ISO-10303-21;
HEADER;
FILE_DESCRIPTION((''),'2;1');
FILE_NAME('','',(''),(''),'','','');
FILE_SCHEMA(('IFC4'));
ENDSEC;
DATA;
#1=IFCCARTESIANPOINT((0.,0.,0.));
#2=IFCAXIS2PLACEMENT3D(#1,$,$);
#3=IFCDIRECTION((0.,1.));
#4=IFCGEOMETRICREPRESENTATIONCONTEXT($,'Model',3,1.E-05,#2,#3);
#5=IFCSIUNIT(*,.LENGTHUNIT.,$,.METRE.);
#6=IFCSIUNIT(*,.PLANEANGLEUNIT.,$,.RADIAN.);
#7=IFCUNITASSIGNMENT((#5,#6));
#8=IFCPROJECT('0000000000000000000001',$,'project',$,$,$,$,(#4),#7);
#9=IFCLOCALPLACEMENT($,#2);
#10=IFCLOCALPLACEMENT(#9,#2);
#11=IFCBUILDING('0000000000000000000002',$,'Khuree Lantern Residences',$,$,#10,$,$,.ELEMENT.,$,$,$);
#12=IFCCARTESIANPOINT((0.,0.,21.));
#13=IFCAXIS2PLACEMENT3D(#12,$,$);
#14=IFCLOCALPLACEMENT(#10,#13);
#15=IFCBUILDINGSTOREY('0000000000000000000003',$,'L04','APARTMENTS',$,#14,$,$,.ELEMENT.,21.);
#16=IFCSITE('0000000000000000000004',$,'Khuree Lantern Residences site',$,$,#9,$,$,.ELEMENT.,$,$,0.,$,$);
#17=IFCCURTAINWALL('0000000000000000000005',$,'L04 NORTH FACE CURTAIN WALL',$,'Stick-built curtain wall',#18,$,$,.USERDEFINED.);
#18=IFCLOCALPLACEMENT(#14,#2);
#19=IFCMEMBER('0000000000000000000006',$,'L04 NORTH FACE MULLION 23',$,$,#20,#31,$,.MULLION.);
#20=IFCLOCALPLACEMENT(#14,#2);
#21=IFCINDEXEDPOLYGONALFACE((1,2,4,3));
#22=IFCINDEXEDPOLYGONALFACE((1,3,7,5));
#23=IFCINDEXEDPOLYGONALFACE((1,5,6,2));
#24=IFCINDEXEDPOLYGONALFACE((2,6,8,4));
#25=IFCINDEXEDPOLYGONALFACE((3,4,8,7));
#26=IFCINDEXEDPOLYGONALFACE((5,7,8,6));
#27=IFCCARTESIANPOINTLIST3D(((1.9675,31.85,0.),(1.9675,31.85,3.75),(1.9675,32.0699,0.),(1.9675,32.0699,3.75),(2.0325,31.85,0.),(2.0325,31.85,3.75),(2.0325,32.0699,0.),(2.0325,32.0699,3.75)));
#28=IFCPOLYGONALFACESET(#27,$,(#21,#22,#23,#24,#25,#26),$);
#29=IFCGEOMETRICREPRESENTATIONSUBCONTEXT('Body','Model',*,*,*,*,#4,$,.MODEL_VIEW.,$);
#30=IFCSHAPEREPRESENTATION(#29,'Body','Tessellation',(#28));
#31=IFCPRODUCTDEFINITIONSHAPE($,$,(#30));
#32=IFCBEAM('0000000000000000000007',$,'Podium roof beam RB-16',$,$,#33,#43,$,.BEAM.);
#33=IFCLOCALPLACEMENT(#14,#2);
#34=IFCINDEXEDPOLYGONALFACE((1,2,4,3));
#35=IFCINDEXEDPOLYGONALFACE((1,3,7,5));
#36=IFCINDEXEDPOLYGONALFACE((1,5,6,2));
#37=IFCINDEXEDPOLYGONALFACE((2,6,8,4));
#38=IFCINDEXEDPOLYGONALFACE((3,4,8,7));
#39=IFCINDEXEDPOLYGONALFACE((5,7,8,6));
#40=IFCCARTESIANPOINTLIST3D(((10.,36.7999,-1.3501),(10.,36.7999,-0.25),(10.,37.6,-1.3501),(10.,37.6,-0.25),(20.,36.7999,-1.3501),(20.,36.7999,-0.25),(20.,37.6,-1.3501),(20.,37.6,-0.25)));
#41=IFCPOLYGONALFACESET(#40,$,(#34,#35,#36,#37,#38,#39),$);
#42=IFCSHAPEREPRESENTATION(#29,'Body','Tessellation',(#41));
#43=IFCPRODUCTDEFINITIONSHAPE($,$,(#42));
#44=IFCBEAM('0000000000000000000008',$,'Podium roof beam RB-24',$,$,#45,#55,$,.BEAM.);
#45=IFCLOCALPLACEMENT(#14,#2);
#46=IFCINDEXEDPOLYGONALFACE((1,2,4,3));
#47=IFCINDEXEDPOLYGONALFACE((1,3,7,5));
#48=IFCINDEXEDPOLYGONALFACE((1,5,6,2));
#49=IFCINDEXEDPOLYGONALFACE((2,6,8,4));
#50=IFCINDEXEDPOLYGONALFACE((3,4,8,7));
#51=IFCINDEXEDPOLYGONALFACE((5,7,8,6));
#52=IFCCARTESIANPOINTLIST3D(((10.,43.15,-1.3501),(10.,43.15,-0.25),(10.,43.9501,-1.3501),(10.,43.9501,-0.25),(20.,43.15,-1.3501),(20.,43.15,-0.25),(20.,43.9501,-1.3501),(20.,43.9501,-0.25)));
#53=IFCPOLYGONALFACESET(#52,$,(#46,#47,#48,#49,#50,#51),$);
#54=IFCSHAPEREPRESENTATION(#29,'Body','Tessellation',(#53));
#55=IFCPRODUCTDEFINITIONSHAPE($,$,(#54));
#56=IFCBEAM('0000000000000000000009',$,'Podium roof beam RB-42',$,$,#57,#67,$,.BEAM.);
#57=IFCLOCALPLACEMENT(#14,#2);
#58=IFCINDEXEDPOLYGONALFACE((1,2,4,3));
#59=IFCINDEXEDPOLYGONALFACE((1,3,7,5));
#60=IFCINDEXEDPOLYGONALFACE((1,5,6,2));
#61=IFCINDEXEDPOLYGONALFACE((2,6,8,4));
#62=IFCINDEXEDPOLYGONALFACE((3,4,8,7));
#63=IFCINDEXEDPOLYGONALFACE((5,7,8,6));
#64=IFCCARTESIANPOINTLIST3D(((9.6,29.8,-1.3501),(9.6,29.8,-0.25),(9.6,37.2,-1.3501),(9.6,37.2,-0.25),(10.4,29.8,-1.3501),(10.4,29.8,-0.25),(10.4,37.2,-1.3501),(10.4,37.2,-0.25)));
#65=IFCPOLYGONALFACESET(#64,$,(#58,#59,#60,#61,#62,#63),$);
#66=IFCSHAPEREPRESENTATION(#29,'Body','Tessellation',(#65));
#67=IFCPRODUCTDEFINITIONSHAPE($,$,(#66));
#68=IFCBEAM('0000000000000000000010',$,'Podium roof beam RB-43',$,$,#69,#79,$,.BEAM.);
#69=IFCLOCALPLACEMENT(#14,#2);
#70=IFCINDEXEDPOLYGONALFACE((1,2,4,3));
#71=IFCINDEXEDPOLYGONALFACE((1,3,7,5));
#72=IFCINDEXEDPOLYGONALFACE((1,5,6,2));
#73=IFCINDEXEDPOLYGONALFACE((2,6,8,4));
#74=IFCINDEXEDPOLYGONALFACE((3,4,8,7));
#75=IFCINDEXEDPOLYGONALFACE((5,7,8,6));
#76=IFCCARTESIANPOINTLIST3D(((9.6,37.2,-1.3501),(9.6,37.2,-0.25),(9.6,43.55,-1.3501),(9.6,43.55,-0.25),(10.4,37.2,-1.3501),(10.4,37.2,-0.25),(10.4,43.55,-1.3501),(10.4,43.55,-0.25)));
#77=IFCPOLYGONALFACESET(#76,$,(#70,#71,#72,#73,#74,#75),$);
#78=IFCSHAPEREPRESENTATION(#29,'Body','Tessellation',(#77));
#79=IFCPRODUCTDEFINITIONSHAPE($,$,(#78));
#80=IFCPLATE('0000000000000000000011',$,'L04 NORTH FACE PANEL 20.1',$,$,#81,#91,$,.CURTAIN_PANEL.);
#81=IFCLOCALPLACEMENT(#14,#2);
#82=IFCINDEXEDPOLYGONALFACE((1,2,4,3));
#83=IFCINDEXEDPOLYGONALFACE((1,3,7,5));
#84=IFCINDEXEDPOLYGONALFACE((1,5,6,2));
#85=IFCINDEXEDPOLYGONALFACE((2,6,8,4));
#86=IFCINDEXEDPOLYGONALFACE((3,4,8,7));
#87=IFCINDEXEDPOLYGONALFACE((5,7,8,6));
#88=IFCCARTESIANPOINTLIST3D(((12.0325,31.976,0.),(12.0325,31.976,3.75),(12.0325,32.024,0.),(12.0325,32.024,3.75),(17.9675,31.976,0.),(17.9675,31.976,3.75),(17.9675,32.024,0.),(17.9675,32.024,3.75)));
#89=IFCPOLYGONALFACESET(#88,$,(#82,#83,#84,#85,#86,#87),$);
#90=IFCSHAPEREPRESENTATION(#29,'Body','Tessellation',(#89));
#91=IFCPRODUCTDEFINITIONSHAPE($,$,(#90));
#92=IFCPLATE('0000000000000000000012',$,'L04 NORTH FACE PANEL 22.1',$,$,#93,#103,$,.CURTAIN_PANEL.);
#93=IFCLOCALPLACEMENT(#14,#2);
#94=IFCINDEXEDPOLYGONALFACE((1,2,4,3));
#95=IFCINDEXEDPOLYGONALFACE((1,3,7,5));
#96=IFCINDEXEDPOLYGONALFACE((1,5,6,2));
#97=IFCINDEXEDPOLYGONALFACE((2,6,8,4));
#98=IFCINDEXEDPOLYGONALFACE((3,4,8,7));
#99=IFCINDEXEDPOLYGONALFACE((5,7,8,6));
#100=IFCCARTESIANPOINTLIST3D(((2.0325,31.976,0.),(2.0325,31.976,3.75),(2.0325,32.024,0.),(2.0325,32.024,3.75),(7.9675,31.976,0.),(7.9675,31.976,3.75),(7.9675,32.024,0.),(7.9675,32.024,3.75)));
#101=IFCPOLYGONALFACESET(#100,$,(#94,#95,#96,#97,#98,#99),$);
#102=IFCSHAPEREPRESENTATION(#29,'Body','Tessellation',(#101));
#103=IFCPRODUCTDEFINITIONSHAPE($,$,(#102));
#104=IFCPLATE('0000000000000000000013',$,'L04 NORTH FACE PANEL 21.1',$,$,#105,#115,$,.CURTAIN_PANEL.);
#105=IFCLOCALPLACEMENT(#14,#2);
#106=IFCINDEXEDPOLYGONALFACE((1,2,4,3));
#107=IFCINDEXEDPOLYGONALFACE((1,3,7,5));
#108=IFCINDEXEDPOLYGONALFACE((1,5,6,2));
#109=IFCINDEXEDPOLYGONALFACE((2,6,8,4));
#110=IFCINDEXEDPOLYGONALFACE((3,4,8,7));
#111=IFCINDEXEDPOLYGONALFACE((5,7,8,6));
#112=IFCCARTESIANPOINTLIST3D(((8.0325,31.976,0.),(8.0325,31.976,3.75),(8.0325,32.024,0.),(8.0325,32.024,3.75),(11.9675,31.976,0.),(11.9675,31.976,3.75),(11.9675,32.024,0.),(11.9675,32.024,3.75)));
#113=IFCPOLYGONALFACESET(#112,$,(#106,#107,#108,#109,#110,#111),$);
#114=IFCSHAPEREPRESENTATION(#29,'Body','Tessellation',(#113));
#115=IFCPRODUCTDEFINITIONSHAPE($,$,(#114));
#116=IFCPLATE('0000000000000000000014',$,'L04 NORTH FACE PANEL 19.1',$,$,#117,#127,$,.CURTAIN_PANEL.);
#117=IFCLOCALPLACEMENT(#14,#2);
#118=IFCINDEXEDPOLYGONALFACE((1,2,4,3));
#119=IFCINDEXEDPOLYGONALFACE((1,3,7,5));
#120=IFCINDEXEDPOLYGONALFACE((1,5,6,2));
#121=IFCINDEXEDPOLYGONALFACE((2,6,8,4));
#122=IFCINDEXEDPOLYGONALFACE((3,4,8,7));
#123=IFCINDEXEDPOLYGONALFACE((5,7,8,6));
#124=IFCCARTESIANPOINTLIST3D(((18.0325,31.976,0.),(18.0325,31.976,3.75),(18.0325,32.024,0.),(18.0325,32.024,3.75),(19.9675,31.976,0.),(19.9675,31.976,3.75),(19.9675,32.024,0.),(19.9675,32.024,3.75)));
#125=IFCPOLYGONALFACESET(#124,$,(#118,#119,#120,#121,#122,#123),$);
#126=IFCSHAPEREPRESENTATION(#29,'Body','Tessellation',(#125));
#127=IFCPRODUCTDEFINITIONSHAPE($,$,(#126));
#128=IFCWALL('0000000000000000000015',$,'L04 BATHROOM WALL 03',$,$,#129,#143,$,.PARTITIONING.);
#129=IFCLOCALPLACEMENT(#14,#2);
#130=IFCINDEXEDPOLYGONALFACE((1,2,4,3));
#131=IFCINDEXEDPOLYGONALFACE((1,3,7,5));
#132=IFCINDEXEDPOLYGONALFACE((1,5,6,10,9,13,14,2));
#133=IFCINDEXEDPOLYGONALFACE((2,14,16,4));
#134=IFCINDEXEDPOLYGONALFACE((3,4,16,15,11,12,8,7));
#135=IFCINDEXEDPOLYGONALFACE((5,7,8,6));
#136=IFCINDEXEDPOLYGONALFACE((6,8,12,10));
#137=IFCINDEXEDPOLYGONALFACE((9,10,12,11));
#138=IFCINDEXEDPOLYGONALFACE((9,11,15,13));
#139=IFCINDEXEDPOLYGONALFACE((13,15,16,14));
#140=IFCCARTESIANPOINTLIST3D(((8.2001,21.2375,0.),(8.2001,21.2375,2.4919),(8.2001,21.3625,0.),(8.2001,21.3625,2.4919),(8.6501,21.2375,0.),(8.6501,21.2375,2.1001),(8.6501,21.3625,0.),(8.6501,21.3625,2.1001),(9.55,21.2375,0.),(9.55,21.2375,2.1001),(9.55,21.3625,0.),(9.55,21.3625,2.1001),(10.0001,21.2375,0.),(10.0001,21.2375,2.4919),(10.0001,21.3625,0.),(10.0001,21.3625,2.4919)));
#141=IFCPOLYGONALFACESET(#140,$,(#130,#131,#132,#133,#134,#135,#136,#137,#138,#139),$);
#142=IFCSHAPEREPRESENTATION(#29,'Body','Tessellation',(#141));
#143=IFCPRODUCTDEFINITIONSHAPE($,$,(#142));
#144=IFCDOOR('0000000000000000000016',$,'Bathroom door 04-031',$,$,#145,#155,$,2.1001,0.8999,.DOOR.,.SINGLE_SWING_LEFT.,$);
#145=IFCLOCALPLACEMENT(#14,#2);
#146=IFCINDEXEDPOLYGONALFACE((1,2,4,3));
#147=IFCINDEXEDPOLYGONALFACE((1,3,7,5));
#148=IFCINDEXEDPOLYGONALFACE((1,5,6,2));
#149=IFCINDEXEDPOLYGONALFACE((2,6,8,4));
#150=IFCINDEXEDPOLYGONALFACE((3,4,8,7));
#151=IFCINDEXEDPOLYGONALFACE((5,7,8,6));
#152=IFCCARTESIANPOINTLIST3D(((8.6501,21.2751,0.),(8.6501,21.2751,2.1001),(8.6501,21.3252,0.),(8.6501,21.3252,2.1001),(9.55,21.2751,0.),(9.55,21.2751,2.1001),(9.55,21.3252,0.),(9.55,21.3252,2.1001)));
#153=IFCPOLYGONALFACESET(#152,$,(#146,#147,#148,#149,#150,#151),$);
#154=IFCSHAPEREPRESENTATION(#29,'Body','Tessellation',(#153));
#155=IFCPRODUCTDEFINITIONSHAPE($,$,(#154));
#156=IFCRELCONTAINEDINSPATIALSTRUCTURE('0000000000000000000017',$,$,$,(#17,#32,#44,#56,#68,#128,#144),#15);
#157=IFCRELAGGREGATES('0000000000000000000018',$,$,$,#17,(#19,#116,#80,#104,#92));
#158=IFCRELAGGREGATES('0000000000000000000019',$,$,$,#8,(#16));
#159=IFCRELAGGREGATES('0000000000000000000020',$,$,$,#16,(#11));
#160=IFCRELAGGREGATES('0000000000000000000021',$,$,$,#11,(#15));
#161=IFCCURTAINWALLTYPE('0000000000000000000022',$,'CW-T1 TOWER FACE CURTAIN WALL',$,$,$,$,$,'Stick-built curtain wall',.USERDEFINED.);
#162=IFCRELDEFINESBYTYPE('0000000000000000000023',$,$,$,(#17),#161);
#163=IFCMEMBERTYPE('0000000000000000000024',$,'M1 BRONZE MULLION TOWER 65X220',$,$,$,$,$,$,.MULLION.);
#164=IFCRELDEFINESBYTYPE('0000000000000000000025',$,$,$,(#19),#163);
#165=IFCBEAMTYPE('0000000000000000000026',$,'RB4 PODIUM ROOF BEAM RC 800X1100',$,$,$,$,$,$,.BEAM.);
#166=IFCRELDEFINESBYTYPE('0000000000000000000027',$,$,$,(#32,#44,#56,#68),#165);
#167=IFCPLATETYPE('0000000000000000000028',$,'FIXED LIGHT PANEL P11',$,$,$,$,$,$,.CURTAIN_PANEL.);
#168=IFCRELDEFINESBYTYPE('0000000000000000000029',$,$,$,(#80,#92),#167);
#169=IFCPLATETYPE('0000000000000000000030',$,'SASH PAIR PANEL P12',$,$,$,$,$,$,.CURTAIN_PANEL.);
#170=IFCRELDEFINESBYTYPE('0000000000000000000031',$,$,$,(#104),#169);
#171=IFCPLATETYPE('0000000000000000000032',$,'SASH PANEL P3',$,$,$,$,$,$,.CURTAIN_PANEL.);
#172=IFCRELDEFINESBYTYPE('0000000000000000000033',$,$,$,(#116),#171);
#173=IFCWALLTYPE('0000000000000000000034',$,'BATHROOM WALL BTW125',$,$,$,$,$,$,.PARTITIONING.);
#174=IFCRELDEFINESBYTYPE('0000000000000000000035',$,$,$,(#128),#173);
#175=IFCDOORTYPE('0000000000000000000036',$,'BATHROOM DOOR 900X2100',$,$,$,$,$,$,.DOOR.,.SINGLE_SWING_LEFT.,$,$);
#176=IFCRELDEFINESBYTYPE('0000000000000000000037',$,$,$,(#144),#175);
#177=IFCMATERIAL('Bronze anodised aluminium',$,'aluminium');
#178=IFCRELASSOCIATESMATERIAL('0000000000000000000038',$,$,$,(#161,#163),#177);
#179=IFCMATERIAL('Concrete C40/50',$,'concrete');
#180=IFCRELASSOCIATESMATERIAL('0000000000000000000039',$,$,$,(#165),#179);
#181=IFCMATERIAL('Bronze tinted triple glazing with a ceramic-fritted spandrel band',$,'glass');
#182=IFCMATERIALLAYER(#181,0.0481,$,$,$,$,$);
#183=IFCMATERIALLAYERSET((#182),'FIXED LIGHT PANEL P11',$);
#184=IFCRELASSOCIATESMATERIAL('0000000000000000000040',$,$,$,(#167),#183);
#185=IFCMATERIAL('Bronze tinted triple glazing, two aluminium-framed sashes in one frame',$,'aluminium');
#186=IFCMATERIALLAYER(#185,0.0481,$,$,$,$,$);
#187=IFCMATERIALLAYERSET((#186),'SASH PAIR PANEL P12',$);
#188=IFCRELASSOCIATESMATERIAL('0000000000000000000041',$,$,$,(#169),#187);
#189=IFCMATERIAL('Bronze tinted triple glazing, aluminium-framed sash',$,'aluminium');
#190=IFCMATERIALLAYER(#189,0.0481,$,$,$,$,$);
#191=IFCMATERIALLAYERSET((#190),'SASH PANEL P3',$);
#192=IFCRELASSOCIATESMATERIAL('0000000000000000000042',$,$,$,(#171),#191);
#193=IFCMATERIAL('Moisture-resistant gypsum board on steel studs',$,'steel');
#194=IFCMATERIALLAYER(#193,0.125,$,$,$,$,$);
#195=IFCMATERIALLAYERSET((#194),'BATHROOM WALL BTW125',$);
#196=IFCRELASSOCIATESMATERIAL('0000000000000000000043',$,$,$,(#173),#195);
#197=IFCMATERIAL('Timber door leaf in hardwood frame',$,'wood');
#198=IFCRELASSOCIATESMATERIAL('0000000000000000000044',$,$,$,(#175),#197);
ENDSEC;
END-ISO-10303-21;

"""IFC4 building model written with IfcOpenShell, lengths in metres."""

from ifc_helpers import new_model, si_unit, direction, frame, frame_2d, origin, origin_2d, place, context, subcontext, project, spatial, rectangle, extrude, material, layer, layer_set, material_profile, profile_set, type_object, element, fill, aggregate, save


model = new_model("IFC4")

# Units and contexts
model_context = context("Model", 3, precision=1e-05, world=origin(), true_north=direction((0.0, 1.0)))
body_context = subcontext(model_context, "Body", "Model", "MODEL_VIEW")
ifc_project = project(units=[si_unit("LENGTHUNIT", "METRE"), si_unit("PLANEANGLEUNIT", "RADIAN")], contexts=[model_context])

# Site, building, storey
site_placement = place(None, origin())
site = spatial("IfcSite", under=ifc_project, at=site_placement, Name="Khuree Lantern Residences site", CompositionType="ELEMENT", RefElevation=0.0)
building_placement = place(site_placement, origin())
building = spatial("IfcBuilding", under=site, at=building_placement, Name="Khuree Lantern Residences", CompositionType="ELEMENT")
storey_placement = place(building_placement, frame((0.0, 0.0, 21.0)))
storey = spatial("IfcBuildingStorey", under=building, at=storey_placement, Name="L04", Description="APARTMENTS", CompositionType="ELEMENT", Elevation=21.0)

# Curtain wall
ifc_material_1 = material(Name="Bronze anodised aluminium", Category="aluminium")
curtain_wall_type = type_object("IfcCurtainWallType", Name="CW-T1 TOWER FACE CURTAIN WALL", ElementType="Stick-built curtain wall", PredefinedType="USERDEFINED", material=ifc_material_1)
curtain_wall_placement = place(storey_placement, origin())
curtain_wall = element("IfcCurtainWall", 1, at=curtain_wall_placement, inside=storey, type_object=curtain_wall_type, Name="L04 NORTH FACE CURTAIN WALL", ObjectType="Stick-built curtain wall", PredefinedType="USERDEFINED")

# Member
ifc_material_profile_1 = material_profile(ifc_material_1, rectangle(XDim=0.0649, YDim=0.22, at=origin_2d()), Name="M1 65X220")
ifc_profile_set_1 = profile_set([ifc_material_profile_1], Name="Bronze anodised aluminium")
member_type_1 = type_object("IfcMemberType", Name="M1 BRONZE MULLION TOWER 65X220", PredefinedType="MULLION", material=ifc_profile_set_1)
member_1_placement = place(storey_placement, frame((2.0, 31.96, 0.0), z_axis=(0.0, 0.0, 1.0), x_axis=(-1.0, 0.0, 0.0)))
member_1 = element("IfcMember", 2, at=member_1_placement, type_object=member_type_1, Name="L04 NORTH FACE MULLION 23", PredefinedType="MULLION", context=body_context, shape_type="SweptSolid", body=[
    extrude(rectangle(XDim=0.0649, YDim=0.22, at=origin_2d()), origin(), (0.0, 0.0, 1.0), 3.75),
])

# Beams
ifc_material_2 = material(Name="Concrete C40/50", Category="concrete")
ifc_material_profile_2 = material_profile(ifc_material_2, rectangle(XDim=0.8, YDim=1.1001, at=origin_2d()), Name="RC 800X1100")
ifc_profile_set_2 = profile_set([ifc_material_profile_2], Name="Concrete C40/50")
beam_type_1 = type_object("IfcBeamType", Name="RB4 PODIUM ROOF BEAM RC 800X1100", PredefinedType="BEAM", material=ifc_profile_set_2)
for number, where, z_axis, x_axis, name in (
    (3, (10.0, 37.2, -0.8), (1.0, 0.0, 0.0), (0.0, 1.0, 0.0), "Podium roof beam RB-16"),
    (4, (10.0, 43.55, -0.8), (1.0, 0.0, 0.0), (0.0, 1.0, 0.0), "Podium roof beam RB-24"),
):
    element("IfcBeam", number, at=place(storey_placement, frame(where, z_axis=z_axis, x_axis=x_axis)), inside=storey, type_object=beam_type_1, Name=name, PredefinedType="BEAM", context=body_context, shape_type="SweptSolid", body=[
        extrude(rectangle(XDim=0.8, YDim=1.1001, at=origin_2d()), origin(), (0.0, 0.0, 1.0), 10.0),
    ])
beam_1_placement = place(storey_placement, frame((10.0, 29.8, -0.8), z_axis=(0.0, 1.0, 0.0), x_axis=(-1.0, 0.0, 0.0)))
element("IfcBeam", 5, at=beam_1_placement, inside=storey, type_object=beam_type_1, Name="Podium roof beam RB-42", PredefinedType="BEAM", context=body_context, shape_type="SweptSolid", body=[
    extrude(rectangle(XDim=0.8, YDim=1.1001, at=origin_2d()), origin(), (0.0, 0.0, 1.0), 7.3999),
])
beam_2_placement = place(storey_placement, frame((10.0, 37.2, -0.8), z_axis=(0.0, 1.0, 0.0), x_axis=(-1.0, 0.0, 0.0)))
element("IfcBeam", 6, at=beam_2_placement, inside=storey, type_object=beam_type_1, Name="Podium roof beam RB-43", PredefinedType="BEAM", context=body_context, shape_type="SweptSolid", body=[
    extrude(rectangle(XDim=0.8, YDim=1.1001, at=origin_2d()), origin(), (0.0, 0.0, 1.0), 6.3501),
])

# Plates
ifc_material_3 = material(Name="Bronze tinted triple glazing with a ceramic-fritted spandrel band", Category="glass")
ifc_layer_1 = layer(ifc_material_3, 0.0481)
ifc_layer_set_1 = layer_set([ifc_layer_1], Name="FIXED LIGHT PANEL P11")
plate_type_1 = type_object("IfcPlateType", Name="FIXED LIGHT PANEL P11", PredefinedType="CURTAIN_PANEL", material=ifc_layer_set_1)
plate_1_placement = place(storey_placement, frame((15.0, 32.0, 0.0), z_axis=(0.0, 0.0, 1.0), x_axis=(-1.0, 0.0, 0.0)))
plate_1 = element("IfcPlate", 7, at=plate_1_placement, type_object=plate_type_1, Name="L04 NORTH FACE PANEL 20.1", PredefinedType="CURTAIN_PANEL", context=body_context, shape_type="SweptSolid", body=[
    extrude(rectangle(XDim=5.9351, YDim=0.0481, at=origin_2d()), origin(), (0.0, 0.0, 1.0), 3.75),
])
plate_2_placement = place(storey_placement, frame((5.0, 32.0, 0.0), z_axis=(0.0, 0.0, 1.0), x_axis=(-1.0, 0.0, 0.0)))
plate_2 = element("IfcPlate", 8, at=plate_2_placement, type_object=plate_type_1, Name="L04 NORTH FACE PANEL 22.1", PredefinedType="CURTAIN_PANEL", context=body_context, shape_type="SweptSolid", body=[
    extrude(rectangle(XDim=5.9351, YDim=0.0481, at=origin_2d()), origin(), (0.0, 0.0, 1.0), 3.75),
])
ifc_material_4 = material(Name="Bronze tinted triple glazing, two aluminium-framed sashes in one frame", Category="aluminium")
ifc_layer_2 = layer(ifc_material_4, 0.0481)
ifc_layer_set_2 = layer_set([ifc_layer_2], Name="SASH PAIR PANEL P12")
plate_type_2 = type_object("IfcPlateType", Name="SASH PAIR PANEL P12", PredefinedType="CURTAIN_PANEL", material=ifc_layer_set_2)
plate_3_placement = place(storey_placement, frame((10.0, 32.0, 0.0), z_axis=(0.0, 0.0, 1.0), x_axis=(-1.0, 0.0, 0.0)))
plate_3 = element("IfcPlate", 9, at=plate_3_placement, type_object=plate_type_2, Name="L04 NORTH FACE PANEL 21.1", PredefinedType="CURTAIN_PANEL", context=body_context, shape_type="SweptSolid", body=[
    extrude(rectangle(XDim=3.9351, YDim=0.0481, at=origin_2d()), origin(), (0.0, 0.0, 1.0), 3.75),
])
ifc_material_5 = material(Name="Bronze tinted triple glazing, aluminium-framed sash", Category="aluminium")
ifc_layer_3 = layer(ifc_material_5, 0.0481)
ifc_layer_set_3 = layer_set([ifc_layer_3], Name="SASH PANEL P3")
plate_type_3 = type_object("IfcPlateType", Name="SASH PANEL P3", PredefinedType="CURTAIN_PANEL", material=ifc_layer_set_3)
plate_4_placement = place(storey_placement, frame((19.0, 32.0, 0.0), z_axis=(0.0, 0.0, 1.0), x_axis=(-1.0, 0.0, 0.0)))
plate_4 = element("IfcPlate", 10, at=plate_4_placement, type_object=plate_type_3, Name="L04 NORTH FACE PANEL 19.1", PredefinedType="CURTAIN_PANEL", context=body_context, shape_type="SweptSolid", body=[
    extrude(rectangle(XDim=1.9351, YDim=0.0481, at=origin_2d()), origin(), (0.0, 0.0, 1.0), 3.75),
])
aggregate(curtain_wall, [member_1, plate_4, plate_1, plate_3, plate_2])

# Wall, opening, door
ifc_material_6 = material(Name="Moisture-resistant gypsum board on steel studs", Category="steel")
ifc_layer_4 = layer(ifc_material_6, 0.125)
ifc_layer_set_4 = layer_set([ifc_layer_4], Name="BATHROOM WALL BTW125")
wall_type_1 = type_object("IfcWallType", Name="BATHROOM WALL BTW125", PredefinedType="PARTITIONING", material=ifc_layer_set_4)
wall_1_placement = place(storey_placement, frame((10.0, 21.3, 0.0), z_axis=(0.0, 0.0, 1.0), x_axis=(-1.0, 0.0, 0.0)))
wall_1 = element("IfcWall", 11, at=wall_1_placement, inside=storey, type_object=wall_type_1, Name="L04 BATHROOM WALL 03", PredefinedType="PARTITIONING", context=body_context, shape_type="SweptSolid", body=[
    extrude(rectangle(XDim=1.8, YDim=0.125, at=frame_2d((0.8999, 0.0))), origin(), (0.0, 0.0, 1.0), 2.4919),
])
opening_1_placement = place(wall_1_placement, frame((0.45, 0.0, 0.0)))
opening_1 = element("IfcOpeningElement", 12, at=opening_1_placement, cuts=wall_1, PredefinedType="OPENING", context=body_context, shape_type="SweptSolid", body=[
    extrude(rectangle(XDim=0.8999, YDim=2.1001, at=frame_2d((0.45, 1.05))), frame((0.0, 0.0725, 0.0), z_axis=(0.0, -1.0, 0.0), x_axis=(1.0, 0.0, 0.0)), (0.0, 0.0, 1.0), 0.145),
])
ifc_material_7 = material(Name="Timber door leaf in hardwood frame", Category="wood")
door_type_1 = type_object("IfcDoorType", Name="BATHROOM DOOR 900X2100", OperationType="SINGLE_SWING_LEFT", PredefinedType="DOOR", material=ifc_material_7)
door_1_placement = place(opening_1_placement, origin())
door_1 = element("IfcDoor", 13, at=door_1_placement, inside=storey, type_object=door_type_1, Name="Bathroom door 04-031", OperationType="SINGLE_SWING_LEFT", OverallHeight=2.1001, OverallWidth=0.8999, PredefinedType="DOOR", context=body_context, shape_type="SweptSolid", body=[
    extrude(rectangle(XDim=0.8999, YDim=2.1001, at=frame_2d((0.45, 1.05))), frame((0.0, 0.0249, 0.0), z_axis=(0.0, -1.0, 0.0), x_axis=(1.0, 0.0, 0.0)), (0.0, 0.0, 1.0), 0.05),
])
fill(opening_1, door_1)

save(model, "model.ifc")
